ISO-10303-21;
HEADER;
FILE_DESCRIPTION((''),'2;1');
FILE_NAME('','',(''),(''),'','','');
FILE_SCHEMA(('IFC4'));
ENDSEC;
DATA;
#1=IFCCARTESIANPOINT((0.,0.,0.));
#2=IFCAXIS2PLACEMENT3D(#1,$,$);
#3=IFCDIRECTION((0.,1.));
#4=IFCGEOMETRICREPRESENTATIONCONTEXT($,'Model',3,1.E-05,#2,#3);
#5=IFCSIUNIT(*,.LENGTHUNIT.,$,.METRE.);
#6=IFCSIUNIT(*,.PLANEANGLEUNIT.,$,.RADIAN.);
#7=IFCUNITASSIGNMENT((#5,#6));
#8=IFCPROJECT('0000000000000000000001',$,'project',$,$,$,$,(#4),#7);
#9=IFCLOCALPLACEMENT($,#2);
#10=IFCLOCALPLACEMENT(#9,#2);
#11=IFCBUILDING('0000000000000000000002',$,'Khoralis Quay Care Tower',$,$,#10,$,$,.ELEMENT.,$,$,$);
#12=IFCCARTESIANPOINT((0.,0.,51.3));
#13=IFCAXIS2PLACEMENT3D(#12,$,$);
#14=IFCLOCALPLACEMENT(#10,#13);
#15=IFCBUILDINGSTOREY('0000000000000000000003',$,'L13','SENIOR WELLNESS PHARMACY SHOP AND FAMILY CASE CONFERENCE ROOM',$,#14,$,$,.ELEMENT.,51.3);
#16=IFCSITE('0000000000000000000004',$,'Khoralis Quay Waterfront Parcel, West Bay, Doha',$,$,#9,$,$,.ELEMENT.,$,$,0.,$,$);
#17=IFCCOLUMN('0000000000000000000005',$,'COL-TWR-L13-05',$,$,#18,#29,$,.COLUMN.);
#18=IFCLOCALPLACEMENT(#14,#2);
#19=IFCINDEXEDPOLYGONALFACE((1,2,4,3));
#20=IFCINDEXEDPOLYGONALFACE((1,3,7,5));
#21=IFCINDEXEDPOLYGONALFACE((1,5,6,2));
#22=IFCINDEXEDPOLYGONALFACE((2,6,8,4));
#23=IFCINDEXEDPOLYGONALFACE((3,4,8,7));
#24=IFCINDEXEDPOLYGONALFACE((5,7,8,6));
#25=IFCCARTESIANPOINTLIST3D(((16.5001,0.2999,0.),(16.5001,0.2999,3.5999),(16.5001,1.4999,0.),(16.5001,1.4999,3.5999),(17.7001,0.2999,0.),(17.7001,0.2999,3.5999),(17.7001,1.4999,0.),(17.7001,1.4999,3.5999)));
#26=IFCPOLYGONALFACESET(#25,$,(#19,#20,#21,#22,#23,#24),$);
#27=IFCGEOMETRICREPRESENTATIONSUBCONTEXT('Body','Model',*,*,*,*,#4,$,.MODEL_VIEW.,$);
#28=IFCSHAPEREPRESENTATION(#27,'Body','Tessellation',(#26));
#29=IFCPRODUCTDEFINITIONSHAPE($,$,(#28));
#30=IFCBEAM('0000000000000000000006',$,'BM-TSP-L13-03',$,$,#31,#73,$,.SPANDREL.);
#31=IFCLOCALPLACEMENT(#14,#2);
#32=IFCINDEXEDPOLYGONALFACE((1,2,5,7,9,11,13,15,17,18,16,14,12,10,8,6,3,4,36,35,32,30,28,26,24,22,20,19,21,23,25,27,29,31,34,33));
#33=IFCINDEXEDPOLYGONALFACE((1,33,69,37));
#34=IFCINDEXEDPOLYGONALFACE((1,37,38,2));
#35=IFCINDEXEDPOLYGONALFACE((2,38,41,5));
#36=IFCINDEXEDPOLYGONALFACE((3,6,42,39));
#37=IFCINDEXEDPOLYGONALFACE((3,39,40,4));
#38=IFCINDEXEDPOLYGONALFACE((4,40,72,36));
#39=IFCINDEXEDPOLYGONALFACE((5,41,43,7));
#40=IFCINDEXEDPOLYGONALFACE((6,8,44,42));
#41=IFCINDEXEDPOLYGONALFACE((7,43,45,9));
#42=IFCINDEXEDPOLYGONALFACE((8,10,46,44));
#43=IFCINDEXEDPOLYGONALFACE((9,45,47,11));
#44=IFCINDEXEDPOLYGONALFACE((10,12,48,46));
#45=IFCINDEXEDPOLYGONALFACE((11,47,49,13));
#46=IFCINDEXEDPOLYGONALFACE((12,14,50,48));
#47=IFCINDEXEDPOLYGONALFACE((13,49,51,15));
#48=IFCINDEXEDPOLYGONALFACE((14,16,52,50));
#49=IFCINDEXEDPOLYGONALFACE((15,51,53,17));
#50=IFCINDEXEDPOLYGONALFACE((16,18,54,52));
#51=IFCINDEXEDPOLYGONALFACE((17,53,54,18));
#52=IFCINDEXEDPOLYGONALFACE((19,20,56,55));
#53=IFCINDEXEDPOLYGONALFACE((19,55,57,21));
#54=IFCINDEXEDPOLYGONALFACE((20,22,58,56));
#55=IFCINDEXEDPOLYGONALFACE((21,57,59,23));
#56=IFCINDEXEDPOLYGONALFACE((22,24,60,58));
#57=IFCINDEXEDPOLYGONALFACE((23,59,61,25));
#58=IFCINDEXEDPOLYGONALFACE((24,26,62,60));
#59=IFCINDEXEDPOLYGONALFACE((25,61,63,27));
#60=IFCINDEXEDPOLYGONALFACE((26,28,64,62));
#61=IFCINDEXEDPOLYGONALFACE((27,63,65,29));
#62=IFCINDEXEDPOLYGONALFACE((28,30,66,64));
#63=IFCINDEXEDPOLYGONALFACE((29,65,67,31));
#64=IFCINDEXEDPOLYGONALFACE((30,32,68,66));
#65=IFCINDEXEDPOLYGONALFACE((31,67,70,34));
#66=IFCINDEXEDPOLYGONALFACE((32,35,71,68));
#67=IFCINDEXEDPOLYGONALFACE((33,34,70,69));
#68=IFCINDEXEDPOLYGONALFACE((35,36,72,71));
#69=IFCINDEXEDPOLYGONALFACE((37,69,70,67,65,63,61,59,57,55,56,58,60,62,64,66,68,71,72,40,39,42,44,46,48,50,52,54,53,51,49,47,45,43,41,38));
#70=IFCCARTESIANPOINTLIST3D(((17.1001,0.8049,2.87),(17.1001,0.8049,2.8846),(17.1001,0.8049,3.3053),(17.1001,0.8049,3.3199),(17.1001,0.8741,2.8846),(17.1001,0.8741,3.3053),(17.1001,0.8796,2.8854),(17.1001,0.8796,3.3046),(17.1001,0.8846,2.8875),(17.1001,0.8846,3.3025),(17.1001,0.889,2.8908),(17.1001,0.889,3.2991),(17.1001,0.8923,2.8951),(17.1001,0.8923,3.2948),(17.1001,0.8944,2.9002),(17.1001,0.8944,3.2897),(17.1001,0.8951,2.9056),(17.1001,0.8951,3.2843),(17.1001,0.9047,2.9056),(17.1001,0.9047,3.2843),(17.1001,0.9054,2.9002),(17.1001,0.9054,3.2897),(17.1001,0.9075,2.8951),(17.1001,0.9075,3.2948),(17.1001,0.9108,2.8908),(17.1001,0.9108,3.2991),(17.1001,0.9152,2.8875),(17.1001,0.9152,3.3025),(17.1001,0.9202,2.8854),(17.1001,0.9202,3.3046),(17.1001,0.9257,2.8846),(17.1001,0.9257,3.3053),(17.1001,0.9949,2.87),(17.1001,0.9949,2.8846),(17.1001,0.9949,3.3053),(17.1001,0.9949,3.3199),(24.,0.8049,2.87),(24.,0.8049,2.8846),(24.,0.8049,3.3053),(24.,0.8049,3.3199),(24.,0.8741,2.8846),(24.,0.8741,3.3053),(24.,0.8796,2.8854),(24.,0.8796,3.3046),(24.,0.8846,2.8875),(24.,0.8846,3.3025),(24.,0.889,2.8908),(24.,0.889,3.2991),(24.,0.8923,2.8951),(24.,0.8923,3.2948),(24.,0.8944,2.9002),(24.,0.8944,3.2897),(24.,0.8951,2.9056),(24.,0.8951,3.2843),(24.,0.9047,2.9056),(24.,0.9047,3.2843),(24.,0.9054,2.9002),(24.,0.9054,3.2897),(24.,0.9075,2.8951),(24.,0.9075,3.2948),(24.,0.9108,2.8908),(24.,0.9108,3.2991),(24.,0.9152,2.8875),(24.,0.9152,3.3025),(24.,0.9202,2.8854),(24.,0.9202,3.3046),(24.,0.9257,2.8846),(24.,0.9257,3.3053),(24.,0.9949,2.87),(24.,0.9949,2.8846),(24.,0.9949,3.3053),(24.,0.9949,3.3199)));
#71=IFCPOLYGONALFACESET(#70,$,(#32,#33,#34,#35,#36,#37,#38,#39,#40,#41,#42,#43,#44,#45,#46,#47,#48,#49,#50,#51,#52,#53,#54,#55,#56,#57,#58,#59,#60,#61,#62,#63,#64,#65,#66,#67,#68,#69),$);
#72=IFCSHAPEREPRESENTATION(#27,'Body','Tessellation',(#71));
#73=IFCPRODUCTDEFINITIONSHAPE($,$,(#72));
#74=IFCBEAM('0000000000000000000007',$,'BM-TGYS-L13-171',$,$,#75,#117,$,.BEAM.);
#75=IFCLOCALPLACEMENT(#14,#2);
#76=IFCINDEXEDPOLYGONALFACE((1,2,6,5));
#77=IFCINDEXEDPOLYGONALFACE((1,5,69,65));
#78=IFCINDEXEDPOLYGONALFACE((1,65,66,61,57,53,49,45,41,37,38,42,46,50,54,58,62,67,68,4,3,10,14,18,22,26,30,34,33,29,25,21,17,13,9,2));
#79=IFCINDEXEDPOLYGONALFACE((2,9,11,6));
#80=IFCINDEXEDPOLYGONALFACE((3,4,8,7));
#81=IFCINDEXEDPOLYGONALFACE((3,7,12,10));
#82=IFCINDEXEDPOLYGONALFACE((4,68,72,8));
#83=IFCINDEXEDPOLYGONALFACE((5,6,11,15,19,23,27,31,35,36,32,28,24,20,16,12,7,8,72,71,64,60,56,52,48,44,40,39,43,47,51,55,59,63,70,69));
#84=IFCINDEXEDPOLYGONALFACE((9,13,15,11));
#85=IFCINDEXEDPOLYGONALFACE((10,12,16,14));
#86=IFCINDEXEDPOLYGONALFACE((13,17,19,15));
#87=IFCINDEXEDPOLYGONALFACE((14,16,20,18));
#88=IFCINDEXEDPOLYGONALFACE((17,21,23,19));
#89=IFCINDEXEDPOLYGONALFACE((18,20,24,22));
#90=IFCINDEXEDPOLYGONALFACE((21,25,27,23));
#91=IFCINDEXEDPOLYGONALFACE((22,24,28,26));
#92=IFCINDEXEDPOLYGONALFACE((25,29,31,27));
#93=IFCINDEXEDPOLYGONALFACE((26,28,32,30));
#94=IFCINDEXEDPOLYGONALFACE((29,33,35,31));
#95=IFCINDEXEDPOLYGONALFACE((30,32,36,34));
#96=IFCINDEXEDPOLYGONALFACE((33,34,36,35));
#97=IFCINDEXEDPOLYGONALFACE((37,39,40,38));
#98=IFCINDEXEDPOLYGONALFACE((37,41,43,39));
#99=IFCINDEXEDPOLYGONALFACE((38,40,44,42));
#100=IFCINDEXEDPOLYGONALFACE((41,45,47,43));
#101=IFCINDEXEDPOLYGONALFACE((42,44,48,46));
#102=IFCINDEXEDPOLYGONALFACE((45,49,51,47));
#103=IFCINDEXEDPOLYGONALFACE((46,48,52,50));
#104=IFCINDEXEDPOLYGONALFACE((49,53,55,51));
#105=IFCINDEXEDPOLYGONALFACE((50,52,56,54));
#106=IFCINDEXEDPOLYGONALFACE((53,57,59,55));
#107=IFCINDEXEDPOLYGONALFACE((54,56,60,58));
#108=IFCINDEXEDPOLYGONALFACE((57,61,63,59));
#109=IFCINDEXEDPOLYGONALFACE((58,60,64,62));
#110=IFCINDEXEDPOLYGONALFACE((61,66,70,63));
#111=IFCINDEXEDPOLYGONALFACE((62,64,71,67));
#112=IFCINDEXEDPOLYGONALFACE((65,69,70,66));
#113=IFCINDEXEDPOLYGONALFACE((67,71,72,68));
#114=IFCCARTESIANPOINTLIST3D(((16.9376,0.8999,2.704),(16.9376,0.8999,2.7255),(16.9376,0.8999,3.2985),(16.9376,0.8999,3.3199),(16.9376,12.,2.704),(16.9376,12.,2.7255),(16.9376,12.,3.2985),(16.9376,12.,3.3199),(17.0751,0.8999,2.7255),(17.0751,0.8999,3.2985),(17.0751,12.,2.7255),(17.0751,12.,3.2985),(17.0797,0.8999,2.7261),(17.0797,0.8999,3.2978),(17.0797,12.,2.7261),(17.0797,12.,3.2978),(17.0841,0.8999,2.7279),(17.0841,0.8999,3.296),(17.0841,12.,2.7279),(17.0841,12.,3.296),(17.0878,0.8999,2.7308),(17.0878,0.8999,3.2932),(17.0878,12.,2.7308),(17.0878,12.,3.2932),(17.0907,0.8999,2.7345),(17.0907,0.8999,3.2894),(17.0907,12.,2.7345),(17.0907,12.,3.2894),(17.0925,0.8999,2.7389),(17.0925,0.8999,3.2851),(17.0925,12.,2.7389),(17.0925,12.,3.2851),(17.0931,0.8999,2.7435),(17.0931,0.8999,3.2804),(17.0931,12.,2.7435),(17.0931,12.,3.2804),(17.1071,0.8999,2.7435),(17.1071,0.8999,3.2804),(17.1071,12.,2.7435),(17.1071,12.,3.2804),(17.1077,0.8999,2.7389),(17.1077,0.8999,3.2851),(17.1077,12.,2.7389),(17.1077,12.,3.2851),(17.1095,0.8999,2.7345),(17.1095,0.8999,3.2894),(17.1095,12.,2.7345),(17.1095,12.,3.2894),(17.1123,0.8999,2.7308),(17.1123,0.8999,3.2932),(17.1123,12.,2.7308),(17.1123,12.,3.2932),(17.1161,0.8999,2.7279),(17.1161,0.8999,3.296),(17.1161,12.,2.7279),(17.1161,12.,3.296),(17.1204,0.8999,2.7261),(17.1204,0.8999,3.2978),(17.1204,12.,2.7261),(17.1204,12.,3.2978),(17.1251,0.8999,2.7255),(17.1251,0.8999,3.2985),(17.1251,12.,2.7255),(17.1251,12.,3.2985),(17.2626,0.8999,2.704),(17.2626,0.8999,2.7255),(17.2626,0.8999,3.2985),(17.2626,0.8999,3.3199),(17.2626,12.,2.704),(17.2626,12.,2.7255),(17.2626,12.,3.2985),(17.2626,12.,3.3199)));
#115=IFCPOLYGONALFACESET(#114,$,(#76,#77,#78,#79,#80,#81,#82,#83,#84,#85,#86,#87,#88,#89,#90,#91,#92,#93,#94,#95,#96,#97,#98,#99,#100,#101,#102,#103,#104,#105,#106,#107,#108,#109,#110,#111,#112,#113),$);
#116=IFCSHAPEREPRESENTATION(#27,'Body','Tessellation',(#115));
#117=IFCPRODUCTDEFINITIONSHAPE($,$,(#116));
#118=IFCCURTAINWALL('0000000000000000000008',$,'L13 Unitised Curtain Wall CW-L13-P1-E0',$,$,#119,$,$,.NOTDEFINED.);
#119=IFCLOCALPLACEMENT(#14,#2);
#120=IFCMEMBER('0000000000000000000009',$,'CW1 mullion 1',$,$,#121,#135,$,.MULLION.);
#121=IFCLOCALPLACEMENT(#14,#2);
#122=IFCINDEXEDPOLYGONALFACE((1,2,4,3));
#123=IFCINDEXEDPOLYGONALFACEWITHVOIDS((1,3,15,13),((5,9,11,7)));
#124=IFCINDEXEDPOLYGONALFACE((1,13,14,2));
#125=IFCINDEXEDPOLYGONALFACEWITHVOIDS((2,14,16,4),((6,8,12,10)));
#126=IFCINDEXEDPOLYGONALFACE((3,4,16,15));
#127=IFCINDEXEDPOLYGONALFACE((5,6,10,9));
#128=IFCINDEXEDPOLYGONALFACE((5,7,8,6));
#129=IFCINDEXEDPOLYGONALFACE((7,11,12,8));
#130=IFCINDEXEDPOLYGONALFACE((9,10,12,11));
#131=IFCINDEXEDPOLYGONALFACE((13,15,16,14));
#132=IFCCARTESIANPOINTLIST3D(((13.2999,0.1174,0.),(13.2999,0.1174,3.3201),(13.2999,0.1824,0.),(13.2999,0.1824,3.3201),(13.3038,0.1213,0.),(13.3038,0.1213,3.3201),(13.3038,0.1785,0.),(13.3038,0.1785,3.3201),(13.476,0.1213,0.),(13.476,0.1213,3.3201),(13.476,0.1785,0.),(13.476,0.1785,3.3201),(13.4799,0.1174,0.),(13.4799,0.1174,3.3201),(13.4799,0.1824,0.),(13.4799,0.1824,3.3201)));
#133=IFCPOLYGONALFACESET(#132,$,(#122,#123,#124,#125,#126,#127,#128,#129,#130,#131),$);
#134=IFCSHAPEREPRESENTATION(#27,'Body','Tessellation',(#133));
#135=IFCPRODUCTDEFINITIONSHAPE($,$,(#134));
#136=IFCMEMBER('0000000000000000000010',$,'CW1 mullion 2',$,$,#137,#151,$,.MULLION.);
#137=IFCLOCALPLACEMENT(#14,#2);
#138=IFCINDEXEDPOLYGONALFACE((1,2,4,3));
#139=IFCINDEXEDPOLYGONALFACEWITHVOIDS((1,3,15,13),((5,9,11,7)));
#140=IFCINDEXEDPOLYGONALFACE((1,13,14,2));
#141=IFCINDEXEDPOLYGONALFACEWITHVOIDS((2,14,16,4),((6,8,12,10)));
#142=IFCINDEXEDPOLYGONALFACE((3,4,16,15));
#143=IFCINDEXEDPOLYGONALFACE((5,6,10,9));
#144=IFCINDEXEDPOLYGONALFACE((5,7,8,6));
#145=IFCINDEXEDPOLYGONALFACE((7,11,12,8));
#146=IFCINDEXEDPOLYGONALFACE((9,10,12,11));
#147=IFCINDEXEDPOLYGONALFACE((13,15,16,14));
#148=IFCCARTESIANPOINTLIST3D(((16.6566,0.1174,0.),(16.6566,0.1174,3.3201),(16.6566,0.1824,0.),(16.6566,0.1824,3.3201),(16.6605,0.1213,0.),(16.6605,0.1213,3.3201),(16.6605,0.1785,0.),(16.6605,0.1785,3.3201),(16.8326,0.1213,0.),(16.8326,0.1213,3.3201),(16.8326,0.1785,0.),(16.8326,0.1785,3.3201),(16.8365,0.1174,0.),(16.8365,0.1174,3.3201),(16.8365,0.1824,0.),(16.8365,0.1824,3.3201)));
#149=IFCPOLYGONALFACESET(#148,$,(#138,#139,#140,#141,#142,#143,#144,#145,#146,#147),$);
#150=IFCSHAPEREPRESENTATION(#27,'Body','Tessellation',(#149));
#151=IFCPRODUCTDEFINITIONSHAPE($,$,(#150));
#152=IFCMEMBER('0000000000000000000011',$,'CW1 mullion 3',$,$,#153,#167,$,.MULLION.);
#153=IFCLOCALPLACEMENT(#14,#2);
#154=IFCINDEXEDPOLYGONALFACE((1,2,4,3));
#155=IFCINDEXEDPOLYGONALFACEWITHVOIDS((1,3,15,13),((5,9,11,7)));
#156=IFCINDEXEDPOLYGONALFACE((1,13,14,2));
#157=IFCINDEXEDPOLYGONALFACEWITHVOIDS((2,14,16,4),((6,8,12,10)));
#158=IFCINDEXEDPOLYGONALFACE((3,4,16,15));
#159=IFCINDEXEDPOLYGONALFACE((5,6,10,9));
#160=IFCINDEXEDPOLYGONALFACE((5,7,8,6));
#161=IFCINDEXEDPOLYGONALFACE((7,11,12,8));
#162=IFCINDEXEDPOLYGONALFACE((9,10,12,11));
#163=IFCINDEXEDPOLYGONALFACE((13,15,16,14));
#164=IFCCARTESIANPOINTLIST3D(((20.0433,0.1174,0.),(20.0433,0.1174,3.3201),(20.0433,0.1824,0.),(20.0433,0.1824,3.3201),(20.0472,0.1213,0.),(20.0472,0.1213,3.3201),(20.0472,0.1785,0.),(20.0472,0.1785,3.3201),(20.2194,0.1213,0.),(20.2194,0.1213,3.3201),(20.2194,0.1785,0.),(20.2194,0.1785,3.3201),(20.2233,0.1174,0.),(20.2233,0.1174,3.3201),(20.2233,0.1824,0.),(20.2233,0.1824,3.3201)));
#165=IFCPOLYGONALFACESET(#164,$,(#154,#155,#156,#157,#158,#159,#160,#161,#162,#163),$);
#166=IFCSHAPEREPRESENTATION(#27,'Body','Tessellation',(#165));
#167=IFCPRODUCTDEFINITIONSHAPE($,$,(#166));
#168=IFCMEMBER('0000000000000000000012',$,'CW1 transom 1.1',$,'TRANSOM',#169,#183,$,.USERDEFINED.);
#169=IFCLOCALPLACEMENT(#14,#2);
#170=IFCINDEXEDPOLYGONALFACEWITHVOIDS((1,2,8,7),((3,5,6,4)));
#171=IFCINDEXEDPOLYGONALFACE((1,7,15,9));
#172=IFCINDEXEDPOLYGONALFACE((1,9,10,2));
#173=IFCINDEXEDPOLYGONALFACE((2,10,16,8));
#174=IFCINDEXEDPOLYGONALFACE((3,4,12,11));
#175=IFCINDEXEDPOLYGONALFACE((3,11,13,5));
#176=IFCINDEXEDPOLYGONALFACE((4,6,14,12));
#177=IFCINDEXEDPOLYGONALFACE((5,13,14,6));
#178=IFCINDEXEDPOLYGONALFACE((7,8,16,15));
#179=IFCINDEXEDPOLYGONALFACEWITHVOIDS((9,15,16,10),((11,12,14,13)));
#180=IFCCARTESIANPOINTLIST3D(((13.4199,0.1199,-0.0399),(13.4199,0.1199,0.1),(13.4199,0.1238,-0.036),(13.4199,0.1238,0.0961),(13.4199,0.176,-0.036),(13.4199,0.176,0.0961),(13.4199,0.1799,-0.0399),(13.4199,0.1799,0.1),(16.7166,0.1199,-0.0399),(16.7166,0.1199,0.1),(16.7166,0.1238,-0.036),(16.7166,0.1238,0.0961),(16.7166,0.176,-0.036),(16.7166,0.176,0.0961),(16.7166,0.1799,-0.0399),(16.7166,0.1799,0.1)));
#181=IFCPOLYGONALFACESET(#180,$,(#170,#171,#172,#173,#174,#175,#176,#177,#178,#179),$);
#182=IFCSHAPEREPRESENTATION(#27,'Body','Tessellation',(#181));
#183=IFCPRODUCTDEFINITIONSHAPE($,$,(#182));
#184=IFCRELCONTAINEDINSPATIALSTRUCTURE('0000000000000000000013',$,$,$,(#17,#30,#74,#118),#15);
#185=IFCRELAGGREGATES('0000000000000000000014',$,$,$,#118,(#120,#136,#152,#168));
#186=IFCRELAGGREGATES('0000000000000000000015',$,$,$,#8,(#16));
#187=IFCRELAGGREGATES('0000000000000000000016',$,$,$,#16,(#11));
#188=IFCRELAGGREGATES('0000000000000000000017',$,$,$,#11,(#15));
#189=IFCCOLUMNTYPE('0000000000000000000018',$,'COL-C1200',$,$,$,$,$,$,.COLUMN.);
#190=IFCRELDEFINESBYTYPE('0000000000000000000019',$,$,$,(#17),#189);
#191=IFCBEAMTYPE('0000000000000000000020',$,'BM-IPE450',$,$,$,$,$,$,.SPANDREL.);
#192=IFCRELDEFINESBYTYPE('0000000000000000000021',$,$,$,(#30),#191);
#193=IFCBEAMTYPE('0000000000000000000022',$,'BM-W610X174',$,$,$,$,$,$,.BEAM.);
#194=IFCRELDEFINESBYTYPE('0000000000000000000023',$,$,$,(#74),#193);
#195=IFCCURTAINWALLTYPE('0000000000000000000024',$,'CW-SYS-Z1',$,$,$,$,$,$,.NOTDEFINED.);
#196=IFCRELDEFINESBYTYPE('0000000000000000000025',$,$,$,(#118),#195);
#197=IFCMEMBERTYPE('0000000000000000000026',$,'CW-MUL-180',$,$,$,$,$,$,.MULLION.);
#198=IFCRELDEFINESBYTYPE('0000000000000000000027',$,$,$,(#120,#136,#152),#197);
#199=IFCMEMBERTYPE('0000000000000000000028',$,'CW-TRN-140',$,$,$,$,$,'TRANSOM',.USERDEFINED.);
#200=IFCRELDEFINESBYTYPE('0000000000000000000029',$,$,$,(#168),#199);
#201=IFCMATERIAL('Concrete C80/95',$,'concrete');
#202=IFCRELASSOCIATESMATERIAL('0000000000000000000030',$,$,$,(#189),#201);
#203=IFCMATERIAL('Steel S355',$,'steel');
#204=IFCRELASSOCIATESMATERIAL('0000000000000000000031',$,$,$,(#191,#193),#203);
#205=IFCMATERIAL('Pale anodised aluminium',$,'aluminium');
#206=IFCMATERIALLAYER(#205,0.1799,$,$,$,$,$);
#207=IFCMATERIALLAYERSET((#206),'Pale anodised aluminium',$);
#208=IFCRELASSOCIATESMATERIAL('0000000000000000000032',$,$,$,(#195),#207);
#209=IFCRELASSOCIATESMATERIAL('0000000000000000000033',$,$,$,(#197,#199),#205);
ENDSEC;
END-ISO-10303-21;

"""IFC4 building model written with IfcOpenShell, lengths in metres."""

from ifc_helpers import new_model, si_unit, direction, frame, origin, origin_2d, place, context, subcontext, project, spatial, rectangle, hollow_rectangle, i_section, extrude, source, transform, mapped, material, layer, layer_set, material_profile, profile_set, type_object, element, aggregate, save


model = new_model("IFC4")

# Units and contexts
model_context = context("Model", 3, precision=1e-05, world=origin(), true_north=direction((0.0, 1.0)))
body_context = subcontext(model_context, "Body", "Model", "MODEL_VIEW")
ifc_project = project(units=[si_unit("LENGTHUNIT", "METRE"), si_unit("PLANEANGLEUNIT", "RADIAN")], contexts=[model_context])

# Site, building, storey
site_placement = place(None, origin())
site = spatial("IfcSite", under=ifc_project, at=site_placement, Name="Khoralis Quay Waterfront Parcel, West Bay, Doha", CompositionType="ELEMENT", RefElevation=0.0)
building_placement = place(site_placement, origin())
building = spatial("IfcBuilding", under=site, at=building_placement, Name="Khoralis Quay Care Tower", CompositionType="ELEMENT")
storey_placement = place(building_placement, frame((0.0, 0.0, 51.3)))
storey = spatial("IfcBuildingStorey", under=building, at=storey_placement, Name="L13", Description="SENIOR WELLNESS PHARMACY SHOP AND FAMILY CASE CONFERENCE ROOM", CompositionType="ELEMENT", Elevation=51.3)

# Column
ifc_material_1 = material(Name="Concrete C80/95", Category="concrete")
ifc_material_profile_1 = material_profile(ifc_material_1, rectangle(XDim=1.2, YDim=1.2, at=origin_2d()), Name="Concrete C80/95")
ifc_profile_set_1 = profile_set([ifc_material_profile_1], Name="Concrete C80/95")
column_type = type_object("IfcColumnType", Name="COL-C1200", PredefinedType="COLUMN", material=ifc_profile_set_1)
shared_shape_1 = source(origin(), body_context, "Body", "SweptSolid", [
    extrude(rectangle(XDim=1.2, YDim=1.2, at=origin_2d()), origin(), (0.0, 0.0, 1.0), 3.5999),
])
column_placement = place(storey_placement, frame((17.1001, 0.8999, 0.0), z_axis=(0.0, 0.0, 1.0), x_axis=(1.0, 0.0, 0.0)))
element("IfcColumn", 1, at=column_placement, inside=storey, type_object=column_type, Name="COL-TWR-L13-05", PredefinedType="COLUMN", context=body_context, shape_type="MappedRepresentation", body=[
    mapped(shared_shape_1, transform((0.0, 0.0, 0.0), scale=1.0)),
])

# Beams
ifc_material_2 = material(Name="Steel S355", Category="steel")
ifc_material_profile_2 = material_profile(ifc_material_2, i_section(OverallWidth=0.1899, OverallDepth=0.45, WebThickness=0.0095, FlangeThickness=0.0146, FilletRadius=0.021, at=origin_2d()), Name="Steel S355")
ifc_profile_set_2 = profile_set([ifc_material_profile_2], Name="Steel S355")
beam_type_1 = type_object("IfcBeamType", Name="BM-IPE450", PredefinedType="SPANDREL", material=ifc_profile_set_2)
shared_shape_2 = source(origin(), body_context, "Body", "SweptSolid", [
    extrude(i_section(OverallWidth=0.1899, OverallDepth=0.45, WebThickness=0.0095, FlangeThickness=0.0146, FilletRadius=0.021, at=origin_2d()), origin(), (0.0, 0.0, 1.0), 6.8999),
])
beam_1_placement = place(storey_placement, frame((17.1001, 0.8999, 3.095), z_axis=(1.0, 0.0, 0.0), x_axis=(0.0, 1.0, 0.0)))
element("IfcBeam", 2, at=beam_1_placement, inside=storey, type_object=beam_type_1, Name="BM-TSP-L13-03", PredefinedType="SPANDREL", context=body_context, shape_type="MappedRepresentation", body=[
    mapped(shared_shape_2, transform((0.0, 0.0, 0.0), scale=1.0)),
])
ifc_material_profile_3 = material_profile(ifc_material_2, i_section(OverallWidth=0.325, OverallDepth=0.616, WebThickness=0.0139, FlangeThickness=0.0215, FilletRadius=0.0181, at=origin_2d()), Name="Steel S355")
ifc_profile_set_3 = profile_set([ifc_material_profile_3], Name="Steel S355")
beam_type_2 = type_object("IfcBeamType", Name="BM-W610X174", PredefinedType="BEAM", material=ifc_profile_set_3)
shared_shape_3 = source(origin(), body_context, "Body", "SweptSolid", [
    extrude(i_section(OverallWidth=0.325, OverallDepth=0.616, WebThickness=0.0139, FlangeThickness=0.0215, FilletRadius=0.0181, at=origin_2d()), origin(), (0.0, 0.0, 1.0), 11.1001),
])
beam_2_placement = place(storey_placement, frame((17.1001, 0.8999, 3.012), z_axis=(0.0, 1.0, 0.0), x_axis=(-1.0, 0.0, 0.0)))
element("IfcBeam", 3, at=beam_2_placement, inside=storey, type_object=beam_type_2, Name="BM-TGYS-L13-171", PredefinedType="BEAM", context=body_context, shape_type="MappedRepresentation", body=[
    mapped(shared_shape_3, transform((0.0, 0.0, 0.0), scale=1.0)),
])

# Curtain wall, members
ifc_material_3 = material(Name="Pale anodised aluminium", Category="aluminium")
ifc_layer_1 = layer(ifc_material_3, 0.1799)
ifc_layer_set_1 = layer_set([ifc_layer_1], Name="Pale anodised aluminium")
curtain_wall_type = type_object("IfcCurtainWallType", Name="CW-SYS-Z1", PredefinedType="NOTDEFINED", material=ifc_layer_set_1)
curtain_wall_placement = place(storey_placement, origin())
curtain_wall = element("IfcCurtainWall", 4, at=curtain_wall_placement, inside=storey, type_object=curtain_wall_type, Name="L13 Unitised Curtain Wall CW-L13-P1-E0", PredefinedType="NOTDEFINED")
ifc_material_profile_4 = material_profile(ifc_material_3, hollow_rectangle(XDim=0.0649, YDim=0.1799, WallThickness=0.0039, at=origin_2d()), Name="Pale anodised aluminium")
ifc_profile_set_4 = profile_set([ifc_material_profile_4], Name="Pale anodised aluminium")
member_type_1 = type_object("IfcMemberType", Name="CW-MUL-180", PredefinedType="MULLION", material=ifc_profile_set_4)
shared_shape_4 = source(origin(), body_context, "Body", "SweptSolid", [
    extrude(hollow_rectangle(XDim=0.0649, YDim=0.1799, WallThickness=0.0039, at=origin_2d()), origin(), (0.0, 0.0, 1.0), 3.3201),
])
member_1_placement = place(storey_placement, frame((13.3899, 0.1499, 0.0), z_axis=(0.0, 0.0, 1.0), x_axis=(0.0, 1.0, 0.0)))
member_1 = element("IfcMember", 5, at=member_1_placement, type_object=member_type_1, Name="CW1 mullion 1", PredefinedType="MULLION", context=body_context, shape_type="MappedRepresentation", body=[
    mapped(shared_shape_4, transform((0.0, 0.0, 0.0), scale=1.0)),
])
member_2_placement = place(storey_placement, frame((16.7466, 0.1499, 0.0), z_axis=(0.0, 0.0, 1.0), x_axis=(0.0, 1.0, 0.0)))
member_2 = element("IfcMember", 6, at=member_2_placement, type_object=member_type_1, Name="CW1 mullion 2", PredefinedType="MULLION", context=body_context, shape_type="MappedRepresentation", body=[
    mapped(shared_shape_4, transform((0.0, 0.0, 0.0), scale=1.0)),
])
member_3_placement = place(storey_placement, frame((20.1333, 0.1499, 0.0), z_axis=(0.0, 0.0, 1.0), x_axis=(0.0, 1.0, 0.0)))
member_3 = element("IfcMember", 7, at=member_3_placement, type_object=member_type_1, Name="CW1 mullion 3", PredefinedType="MULLION", context=body_context, shape_type="MappedRepresentation", body=[
    mapped(shared_shape_4, transform((0.0, 0.0, 0.0), scale=1.0)),
])
ifc_material_profile_5 = material_profile(ifc_material_3, hollow_rectangle(XDim=0.0601, YDim=0.1399, WallThickness=0.0039, at=origin_2d()), Name="Pale anodised aluminium")
ifc_profile_set_5 = profile_set([ifc_material_profile_5], Name="Pale anodised aluminium")
member_type_2 = type_object("IfcMemberType", Name="CW-TRN-140", ElementType="TRANSOM", PredefinedType="USERDEFINED", material=ifc_profile_set_5)
shared_shape_5 = source(origin(), body_context, "Body", "SweptSolid", [
    extrude(hollow_rectangle(XDim=0.0601, YDim=0.1399, WallThickness=0.0039, at=origin_2d()), origin(), (0.0, 0.0, 1.0), 3.2966),
])
member_4_placement = place(storey_placement, frame((13.4199, 0.1499, 0.03), z_axis=(1.0, 0.0, 0.0), x_axis=(0.0, 1.0, 0.0)))
member_4 = element("IfcMember", 8, at=member_4_placement, type_object=member_type_2, Name="CW1 transom 1.1", ObjectType="TRANSOM", PredefinedType="USERDEFINED", context=body_context, shape_type="MappedRepresentation", body=[
    mapped(shared_shape_5, transform((0.0, 0.0, 0.0), scale=1.0)),
])
aggregate(curtain_wall, [member_1, member_2, member_3, member_4])

save(model, "model.ifc")
